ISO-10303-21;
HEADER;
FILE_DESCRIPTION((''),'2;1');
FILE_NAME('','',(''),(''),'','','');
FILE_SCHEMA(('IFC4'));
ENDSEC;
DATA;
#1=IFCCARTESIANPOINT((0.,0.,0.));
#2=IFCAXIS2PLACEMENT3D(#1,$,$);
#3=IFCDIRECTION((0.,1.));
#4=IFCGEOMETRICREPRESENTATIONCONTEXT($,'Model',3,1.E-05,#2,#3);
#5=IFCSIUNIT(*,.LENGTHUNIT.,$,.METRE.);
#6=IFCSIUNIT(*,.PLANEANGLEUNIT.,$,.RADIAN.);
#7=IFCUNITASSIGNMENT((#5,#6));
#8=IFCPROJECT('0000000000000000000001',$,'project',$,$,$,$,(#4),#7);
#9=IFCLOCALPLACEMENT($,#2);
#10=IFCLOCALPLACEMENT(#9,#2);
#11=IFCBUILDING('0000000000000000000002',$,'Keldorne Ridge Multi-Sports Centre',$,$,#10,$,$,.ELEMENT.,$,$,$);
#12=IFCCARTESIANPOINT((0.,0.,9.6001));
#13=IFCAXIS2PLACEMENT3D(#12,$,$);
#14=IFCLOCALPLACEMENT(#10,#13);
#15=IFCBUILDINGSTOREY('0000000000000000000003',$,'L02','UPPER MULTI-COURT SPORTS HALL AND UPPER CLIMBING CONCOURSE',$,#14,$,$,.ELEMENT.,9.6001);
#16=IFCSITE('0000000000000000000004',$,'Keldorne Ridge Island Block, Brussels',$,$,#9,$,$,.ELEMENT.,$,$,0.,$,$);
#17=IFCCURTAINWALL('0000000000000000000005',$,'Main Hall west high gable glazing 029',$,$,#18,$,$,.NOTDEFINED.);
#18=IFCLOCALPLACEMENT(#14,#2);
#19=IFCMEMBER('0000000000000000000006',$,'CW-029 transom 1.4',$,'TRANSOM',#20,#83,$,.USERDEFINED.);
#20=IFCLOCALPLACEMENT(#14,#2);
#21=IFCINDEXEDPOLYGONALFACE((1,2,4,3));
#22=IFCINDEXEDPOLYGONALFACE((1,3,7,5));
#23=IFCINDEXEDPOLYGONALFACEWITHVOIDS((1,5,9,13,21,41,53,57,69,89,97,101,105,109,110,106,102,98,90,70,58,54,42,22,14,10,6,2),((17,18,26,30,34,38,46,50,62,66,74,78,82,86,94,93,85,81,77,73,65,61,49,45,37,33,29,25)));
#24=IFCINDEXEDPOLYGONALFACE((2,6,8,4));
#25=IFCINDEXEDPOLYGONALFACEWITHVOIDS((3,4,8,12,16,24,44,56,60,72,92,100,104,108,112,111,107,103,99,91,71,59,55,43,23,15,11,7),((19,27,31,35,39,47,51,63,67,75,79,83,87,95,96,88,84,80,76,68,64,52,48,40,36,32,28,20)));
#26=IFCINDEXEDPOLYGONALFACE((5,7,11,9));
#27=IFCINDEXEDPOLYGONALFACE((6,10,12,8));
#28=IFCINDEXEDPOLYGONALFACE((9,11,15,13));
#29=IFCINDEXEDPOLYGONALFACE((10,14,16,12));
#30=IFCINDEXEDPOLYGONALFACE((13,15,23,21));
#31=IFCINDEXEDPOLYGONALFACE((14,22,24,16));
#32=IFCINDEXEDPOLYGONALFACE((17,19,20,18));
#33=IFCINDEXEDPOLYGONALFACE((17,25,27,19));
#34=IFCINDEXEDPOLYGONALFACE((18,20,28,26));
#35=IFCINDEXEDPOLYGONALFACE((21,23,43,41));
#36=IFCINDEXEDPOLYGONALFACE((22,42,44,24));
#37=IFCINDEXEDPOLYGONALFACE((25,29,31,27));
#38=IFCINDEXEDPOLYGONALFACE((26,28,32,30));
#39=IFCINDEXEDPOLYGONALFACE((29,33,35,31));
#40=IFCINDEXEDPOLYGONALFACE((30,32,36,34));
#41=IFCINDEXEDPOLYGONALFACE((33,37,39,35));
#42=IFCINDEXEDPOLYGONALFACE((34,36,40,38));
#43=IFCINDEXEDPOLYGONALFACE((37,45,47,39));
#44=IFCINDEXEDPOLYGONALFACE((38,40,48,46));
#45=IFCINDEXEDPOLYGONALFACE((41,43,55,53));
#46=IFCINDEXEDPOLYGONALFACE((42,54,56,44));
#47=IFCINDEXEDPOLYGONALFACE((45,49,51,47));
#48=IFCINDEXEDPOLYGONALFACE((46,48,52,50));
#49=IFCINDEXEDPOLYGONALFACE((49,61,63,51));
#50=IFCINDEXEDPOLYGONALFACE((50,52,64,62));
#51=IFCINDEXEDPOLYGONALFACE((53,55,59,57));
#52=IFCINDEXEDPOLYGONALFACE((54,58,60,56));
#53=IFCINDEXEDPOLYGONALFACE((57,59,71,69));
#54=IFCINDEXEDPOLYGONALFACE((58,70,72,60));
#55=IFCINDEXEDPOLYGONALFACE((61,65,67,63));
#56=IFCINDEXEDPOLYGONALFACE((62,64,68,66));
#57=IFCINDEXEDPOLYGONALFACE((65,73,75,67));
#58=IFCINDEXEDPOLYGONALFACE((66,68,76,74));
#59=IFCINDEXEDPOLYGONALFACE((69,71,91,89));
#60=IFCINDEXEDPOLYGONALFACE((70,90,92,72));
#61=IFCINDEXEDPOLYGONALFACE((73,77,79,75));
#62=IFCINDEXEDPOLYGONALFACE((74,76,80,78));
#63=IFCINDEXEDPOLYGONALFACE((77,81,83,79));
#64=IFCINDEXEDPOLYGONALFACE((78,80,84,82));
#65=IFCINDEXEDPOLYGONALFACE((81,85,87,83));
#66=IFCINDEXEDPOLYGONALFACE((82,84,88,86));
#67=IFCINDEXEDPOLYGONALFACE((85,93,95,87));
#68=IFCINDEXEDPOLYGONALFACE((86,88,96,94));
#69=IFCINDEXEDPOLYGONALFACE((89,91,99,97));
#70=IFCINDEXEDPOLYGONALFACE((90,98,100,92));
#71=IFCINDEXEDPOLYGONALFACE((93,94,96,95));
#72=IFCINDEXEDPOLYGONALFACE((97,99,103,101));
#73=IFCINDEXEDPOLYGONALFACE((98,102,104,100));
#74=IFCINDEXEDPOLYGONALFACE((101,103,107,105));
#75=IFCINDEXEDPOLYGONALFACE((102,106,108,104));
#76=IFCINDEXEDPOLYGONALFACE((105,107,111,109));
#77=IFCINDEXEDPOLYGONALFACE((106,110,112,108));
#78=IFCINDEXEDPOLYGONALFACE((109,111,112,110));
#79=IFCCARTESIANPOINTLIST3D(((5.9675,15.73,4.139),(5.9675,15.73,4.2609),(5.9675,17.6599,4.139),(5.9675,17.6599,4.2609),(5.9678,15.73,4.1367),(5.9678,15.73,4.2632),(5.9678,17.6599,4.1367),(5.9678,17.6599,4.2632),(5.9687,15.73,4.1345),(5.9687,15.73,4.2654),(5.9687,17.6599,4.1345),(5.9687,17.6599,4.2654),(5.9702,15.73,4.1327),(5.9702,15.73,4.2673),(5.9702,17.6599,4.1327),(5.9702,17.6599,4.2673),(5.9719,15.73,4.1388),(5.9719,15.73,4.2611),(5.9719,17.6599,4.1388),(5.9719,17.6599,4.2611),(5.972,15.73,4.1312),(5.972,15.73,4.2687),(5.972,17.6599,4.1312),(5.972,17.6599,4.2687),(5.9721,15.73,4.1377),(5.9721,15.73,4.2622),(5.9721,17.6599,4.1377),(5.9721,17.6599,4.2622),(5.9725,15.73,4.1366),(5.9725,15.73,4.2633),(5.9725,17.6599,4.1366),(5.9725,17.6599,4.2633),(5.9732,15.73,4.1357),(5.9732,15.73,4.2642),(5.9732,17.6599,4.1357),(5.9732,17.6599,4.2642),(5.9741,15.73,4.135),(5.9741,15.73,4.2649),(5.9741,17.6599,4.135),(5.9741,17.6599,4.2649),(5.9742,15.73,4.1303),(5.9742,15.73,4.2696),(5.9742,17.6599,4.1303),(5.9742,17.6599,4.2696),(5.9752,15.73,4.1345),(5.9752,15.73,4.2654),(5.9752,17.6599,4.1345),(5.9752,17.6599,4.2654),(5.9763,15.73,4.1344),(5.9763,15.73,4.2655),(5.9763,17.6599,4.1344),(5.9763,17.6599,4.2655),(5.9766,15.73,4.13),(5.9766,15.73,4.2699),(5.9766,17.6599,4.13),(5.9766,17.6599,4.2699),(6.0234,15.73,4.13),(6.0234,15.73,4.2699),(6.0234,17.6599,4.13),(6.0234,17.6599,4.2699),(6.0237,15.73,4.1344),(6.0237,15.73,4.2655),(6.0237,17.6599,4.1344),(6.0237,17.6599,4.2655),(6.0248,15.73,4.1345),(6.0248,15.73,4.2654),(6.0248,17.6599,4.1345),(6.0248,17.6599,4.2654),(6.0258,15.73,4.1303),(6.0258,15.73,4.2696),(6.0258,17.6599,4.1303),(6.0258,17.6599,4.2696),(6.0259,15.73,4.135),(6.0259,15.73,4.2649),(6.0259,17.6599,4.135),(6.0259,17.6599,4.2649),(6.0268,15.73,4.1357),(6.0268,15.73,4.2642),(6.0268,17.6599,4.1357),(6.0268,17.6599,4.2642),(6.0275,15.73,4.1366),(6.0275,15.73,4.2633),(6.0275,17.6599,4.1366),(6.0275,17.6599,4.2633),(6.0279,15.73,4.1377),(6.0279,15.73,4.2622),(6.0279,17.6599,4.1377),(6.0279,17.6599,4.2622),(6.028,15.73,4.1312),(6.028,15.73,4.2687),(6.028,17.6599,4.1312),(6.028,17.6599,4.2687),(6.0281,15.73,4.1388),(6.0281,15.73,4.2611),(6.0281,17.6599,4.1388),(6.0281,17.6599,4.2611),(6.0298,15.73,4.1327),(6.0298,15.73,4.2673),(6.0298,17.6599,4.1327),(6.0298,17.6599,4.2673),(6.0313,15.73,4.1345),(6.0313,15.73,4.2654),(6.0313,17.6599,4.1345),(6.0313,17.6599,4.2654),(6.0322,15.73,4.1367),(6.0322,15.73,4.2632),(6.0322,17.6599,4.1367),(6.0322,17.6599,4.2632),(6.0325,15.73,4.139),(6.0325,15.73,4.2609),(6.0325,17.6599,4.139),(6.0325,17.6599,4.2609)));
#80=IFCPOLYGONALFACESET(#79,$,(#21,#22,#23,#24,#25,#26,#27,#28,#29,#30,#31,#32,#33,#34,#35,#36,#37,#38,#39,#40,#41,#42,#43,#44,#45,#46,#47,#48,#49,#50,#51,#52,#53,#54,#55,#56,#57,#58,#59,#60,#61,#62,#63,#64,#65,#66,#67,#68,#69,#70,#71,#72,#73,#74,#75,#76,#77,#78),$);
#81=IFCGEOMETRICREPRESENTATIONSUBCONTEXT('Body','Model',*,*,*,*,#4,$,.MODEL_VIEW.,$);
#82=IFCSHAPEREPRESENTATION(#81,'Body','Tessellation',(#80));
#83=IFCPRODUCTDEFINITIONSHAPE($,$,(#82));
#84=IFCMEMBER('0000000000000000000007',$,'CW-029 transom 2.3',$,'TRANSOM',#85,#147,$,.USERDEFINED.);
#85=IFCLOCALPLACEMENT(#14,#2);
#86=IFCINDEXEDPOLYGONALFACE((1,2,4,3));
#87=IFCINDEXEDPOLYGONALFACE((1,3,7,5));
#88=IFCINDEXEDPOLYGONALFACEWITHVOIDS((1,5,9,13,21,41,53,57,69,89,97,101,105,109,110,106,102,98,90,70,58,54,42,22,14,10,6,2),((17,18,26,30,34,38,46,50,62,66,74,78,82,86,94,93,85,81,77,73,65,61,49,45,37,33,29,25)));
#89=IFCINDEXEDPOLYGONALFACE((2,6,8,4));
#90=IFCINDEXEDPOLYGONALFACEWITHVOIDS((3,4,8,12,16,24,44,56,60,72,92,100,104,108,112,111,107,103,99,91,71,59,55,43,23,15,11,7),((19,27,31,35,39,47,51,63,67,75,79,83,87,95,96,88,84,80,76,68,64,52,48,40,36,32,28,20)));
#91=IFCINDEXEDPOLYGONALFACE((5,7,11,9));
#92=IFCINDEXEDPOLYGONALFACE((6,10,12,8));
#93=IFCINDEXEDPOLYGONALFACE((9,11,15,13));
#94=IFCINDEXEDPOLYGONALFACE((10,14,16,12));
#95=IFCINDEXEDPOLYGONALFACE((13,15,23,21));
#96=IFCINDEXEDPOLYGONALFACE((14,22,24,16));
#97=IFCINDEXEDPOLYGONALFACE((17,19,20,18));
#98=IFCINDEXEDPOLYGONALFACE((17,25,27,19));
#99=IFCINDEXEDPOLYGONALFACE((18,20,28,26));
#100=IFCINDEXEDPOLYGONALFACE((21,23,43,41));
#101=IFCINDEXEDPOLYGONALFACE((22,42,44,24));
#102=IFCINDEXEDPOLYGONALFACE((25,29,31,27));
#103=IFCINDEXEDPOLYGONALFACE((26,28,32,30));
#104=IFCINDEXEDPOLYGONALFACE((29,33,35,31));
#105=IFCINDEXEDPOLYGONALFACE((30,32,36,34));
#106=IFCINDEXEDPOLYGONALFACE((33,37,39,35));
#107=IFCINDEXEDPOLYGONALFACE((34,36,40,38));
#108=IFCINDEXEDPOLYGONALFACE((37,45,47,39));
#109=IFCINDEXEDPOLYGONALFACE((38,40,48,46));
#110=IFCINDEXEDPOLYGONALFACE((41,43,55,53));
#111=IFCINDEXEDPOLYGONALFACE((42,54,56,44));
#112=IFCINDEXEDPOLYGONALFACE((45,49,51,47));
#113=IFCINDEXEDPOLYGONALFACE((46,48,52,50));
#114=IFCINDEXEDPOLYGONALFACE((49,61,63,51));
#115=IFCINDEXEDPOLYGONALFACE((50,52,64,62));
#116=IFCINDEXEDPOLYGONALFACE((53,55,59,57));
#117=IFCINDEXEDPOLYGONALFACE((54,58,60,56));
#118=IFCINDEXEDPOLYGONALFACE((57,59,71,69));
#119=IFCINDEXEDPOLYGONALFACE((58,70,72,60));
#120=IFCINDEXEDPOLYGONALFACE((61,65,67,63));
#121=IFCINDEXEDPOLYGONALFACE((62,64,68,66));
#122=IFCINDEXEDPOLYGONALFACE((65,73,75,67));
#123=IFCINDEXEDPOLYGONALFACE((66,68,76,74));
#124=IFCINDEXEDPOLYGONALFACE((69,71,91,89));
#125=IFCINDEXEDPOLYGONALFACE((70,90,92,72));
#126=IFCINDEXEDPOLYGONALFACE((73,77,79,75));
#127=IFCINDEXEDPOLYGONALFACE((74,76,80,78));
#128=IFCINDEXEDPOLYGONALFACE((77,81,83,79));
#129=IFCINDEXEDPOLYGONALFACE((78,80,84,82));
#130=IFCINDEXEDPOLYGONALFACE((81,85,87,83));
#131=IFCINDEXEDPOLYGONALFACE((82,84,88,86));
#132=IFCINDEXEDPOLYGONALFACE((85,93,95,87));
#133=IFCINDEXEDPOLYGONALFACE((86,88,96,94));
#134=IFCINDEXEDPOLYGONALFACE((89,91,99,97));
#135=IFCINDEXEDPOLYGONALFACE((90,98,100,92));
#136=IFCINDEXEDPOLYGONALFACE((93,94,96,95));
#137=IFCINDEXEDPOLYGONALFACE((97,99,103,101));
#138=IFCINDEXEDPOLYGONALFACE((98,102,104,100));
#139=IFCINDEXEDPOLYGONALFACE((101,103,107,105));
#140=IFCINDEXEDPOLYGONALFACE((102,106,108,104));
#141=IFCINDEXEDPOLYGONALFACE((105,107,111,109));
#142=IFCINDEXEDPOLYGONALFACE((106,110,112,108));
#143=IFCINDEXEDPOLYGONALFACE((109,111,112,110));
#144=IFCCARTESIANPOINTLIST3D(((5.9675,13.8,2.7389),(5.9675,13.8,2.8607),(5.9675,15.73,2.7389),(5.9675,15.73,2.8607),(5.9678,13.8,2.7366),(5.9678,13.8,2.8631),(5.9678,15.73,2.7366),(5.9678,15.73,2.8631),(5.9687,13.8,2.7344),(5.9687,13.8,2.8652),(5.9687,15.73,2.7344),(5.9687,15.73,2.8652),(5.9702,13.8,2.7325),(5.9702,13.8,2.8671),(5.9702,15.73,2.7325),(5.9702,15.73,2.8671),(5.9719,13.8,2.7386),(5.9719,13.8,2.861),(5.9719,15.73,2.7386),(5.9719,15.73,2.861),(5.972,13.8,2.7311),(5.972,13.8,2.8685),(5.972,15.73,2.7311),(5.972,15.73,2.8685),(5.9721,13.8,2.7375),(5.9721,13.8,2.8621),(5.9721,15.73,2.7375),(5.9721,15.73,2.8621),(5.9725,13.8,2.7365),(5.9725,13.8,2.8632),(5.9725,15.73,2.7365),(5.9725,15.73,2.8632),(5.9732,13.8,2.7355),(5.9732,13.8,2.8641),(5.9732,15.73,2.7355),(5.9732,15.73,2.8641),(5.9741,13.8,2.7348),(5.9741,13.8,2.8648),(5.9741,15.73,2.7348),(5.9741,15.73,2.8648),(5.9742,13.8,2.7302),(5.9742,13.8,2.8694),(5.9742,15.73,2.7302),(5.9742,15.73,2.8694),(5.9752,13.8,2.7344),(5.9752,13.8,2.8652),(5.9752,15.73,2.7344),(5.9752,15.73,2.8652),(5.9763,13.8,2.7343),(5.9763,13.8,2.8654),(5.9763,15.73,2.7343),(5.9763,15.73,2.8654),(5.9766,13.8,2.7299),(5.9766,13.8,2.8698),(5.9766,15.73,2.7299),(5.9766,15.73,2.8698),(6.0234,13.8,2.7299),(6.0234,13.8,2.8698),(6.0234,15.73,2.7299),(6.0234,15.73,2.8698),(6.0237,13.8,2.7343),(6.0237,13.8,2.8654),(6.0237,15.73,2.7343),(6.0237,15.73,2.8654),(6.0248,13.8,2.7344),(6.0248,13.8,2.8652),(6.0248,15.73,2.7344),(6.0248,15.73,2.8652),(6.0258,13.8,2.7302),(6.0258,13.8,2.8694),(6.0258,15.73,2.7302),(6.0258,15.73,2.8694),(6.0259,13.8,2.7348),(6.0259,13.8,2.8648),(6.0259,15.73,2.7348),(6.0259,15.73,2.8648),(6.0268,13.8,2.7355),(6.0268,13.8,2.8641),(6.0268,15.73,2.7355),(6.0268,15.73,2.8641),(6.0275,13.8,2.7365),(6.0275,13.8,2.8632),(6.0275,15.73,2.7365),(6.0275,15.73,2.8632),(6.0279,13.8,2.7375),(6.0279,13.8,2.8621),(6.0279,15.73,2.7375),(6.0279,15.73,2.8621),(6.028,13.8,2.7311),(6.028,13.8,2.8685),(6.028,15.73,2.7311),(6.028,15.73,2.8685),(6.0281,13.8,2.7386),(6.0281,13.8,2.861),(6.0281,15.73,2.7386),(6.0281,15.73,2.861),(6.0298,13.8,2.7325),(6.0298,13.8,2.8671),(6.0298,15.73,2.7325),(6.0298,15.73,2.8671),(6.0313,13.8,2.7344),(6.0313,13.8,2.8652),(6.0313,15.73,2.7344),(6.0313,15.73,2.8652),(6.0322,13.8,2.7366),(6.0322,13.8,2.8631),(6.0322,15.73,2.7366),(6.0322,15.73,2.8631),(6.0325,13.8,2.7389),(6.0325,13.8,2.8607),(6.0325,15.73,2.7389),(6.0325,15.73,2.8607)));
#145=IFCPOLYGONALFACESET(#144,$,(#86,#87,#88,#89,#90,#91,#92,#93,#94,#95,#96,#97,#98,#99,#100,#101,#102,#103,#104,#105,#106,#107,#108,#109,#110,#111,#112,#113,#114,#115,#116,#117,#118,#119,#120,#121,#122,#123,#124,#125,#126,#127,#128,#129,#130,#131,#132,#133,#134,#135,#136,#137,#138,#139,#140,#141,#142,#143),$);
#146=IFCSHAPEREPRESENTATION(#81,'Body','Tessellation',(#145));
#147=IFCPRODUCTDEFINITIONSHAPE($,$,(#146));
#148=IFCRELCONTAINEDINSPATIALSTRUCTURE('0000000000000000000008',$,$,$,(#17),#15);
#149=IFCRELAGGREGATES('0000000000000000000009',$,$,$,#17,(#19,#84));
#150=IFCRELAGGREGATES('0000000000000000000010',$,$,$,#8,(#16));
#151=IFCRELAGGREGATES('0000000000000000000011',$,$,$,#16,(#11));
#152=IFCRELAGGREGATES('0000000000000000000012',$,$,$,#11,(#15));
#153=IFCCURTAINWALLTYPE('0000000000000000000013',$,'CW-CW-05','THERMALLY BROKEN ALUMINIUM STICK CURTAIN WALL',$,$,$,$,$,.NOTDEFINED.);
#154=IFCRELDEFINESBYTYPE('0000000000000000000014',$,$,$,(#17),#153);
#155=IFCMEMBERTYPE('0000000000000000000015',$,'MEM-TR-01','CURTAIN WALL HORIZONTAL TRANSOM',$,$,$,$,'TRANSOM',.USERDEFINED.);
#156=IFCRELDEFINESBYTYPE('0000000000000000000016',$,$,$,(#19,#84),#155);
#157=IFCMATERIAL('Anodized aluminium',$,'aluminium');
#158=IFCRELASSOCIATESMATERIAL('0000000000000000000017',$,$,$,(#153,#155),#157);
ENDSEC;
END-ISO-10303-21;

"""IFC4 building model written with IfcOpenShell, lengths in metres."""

from ifc_helpers import new_model, si_unit, direction, frame, origin, origin_2d, place, context, subcontext, project, spatial, hollow_rectangle, extrude, material, material_profile, profile_set, type_object, element, aggregate, save


model = new_model("IFC4")

# Units and contexts
model_context = context("Model", 3, precision=1e-05, world=origin(), true_north=direction((0.0, 1.0)))
body_context = subcontext(model_context, "Body", "Model", "MODEL_VIEW")
ifc_project = project(units=[si_unit("LENGTHUNIT", "METRE"), si_unit("PLANEANGLEUNIT", "RADIAN")], contexts=[model_context])

# Site, building, storey
site_placement = place(None, origin())
site = spatial("IfcSite", under=ifc_project, at=site_placement, Name="Keldorne Ridge Island Block, Brussels", CompositionType="ELEMENT", RefElevation=0.0)
building_placement = place(site_placement, origin())
building = spatial("IfcBuilding", under=site, at=building_placement, Name="Keldorne Ridge Multi-Sports Centre", CompositionType="ELEMENT")
storey_placement = place(building_placement, frame((0.0, 0.0, 9.6001)))
storey = spatial("IfcBuildingStorey", under=building, at=storey_placement, Name="L02", Description="UPPER MULTI-COURT SPORTS HALL AND UPPER CLIMBING CONCOURSE", CompositionType="ELEMENT", Elevation=9.6001)

# Curtain wall, members
ifc_material_1 = material(Name="Anodized aluminium", Category="aluminium")
curtain_wall_type_1 = type_object("IfcCurtainWallType", Name="CW-CW-05", Description="THERMALLY BROKEN ALUMINIUM STICK CURTAIN WALL", PredefinedType="NOTDEFINED", material=ifc_material_1)
curtain_wall_1_placement = place(storey_placement, origin())
curtain_wall_1 = element("IfcCurtainWall", 1, at=curtain_wall_1_placement, inside=storey, type_object=curtain_wall_type_1, Name="Main Hall west high gable glazing 029", PredefinedType="NOTDEFINED")
ifc_material_profile_1 = material_profile(ifc_material_1, hollow_rectangle(XDim=0.0649, YDim=0.1399, WallThickness=0.0044, InnerFilletRadius=0.0044, OuterFilletRadius=0.009, at=origin_2d()), Name="ALU TRANSOM 140x65x4.5")
ifc_profile_set_1 = profile_set([ifc_material_profile_1], Name="Anodized aluminium")
member_type_1 = type_object("IfcMemberType", Name="MEM-TR-01", Description="CURTAIN WALL HORIZONTAL TRANSOM", ElementType="TRANSOM", PredefinedType="USERDEFINED", material=ifc_profile_set_1)
member_1_placement = place(storey_placement, frame((6.0, 17.6599, 4.2), z_axis=(0.0, -1.0, 0.0), x_axis=(1.0, 0.0, 0.0)))
member_1 = element("IfcMember", 2, at=member_1_placement, type_object=member_type_1, Name="CW-029 transom 1.4", ObjectType="TRANSOM", PredefinedType="USERDEFINED", context=body_context, shape_type="SweptSolid", body=[
    extrude(hollow_rectangle(XDim=0.0649, YDim=0.1399, WallThickness=0.0044, InnerFilletRadius=0.0044, OuterFilletRadius=0.009, at=origin_2d()), origin(), (0.0, 0.0, 1.0), 1.9299),
])
member_2_placement = place(storey_placement, frame((6.0, 15.73, 2.7998), z_axis=(0.0, -1.0, 0.0), x_axis=(1.0, 0.0, 0.0)))
member_2 = element("IfcMember", 3, at=member_2_placement, type_object=member_type_1, Name="CW-029 transom 2.3", ObjectType="TRANSOM", PredefinedType="USERDEFINED", context=body_context, shape_type="SweptSolid", body=[
    extrude(hollow_rectangle(XDim=0.0649, YDim=0.1399, WallThickness=0.0044, InnerFilletRadius=0.0044, OuterFilletRadius=0.009, at=origin_2d()), origin(), (0.0, 0.0, 1.0), 1.9299),
])

aggregate(curtain_wall_1, [member_1, member_2])

save(model, "model.ifc")
